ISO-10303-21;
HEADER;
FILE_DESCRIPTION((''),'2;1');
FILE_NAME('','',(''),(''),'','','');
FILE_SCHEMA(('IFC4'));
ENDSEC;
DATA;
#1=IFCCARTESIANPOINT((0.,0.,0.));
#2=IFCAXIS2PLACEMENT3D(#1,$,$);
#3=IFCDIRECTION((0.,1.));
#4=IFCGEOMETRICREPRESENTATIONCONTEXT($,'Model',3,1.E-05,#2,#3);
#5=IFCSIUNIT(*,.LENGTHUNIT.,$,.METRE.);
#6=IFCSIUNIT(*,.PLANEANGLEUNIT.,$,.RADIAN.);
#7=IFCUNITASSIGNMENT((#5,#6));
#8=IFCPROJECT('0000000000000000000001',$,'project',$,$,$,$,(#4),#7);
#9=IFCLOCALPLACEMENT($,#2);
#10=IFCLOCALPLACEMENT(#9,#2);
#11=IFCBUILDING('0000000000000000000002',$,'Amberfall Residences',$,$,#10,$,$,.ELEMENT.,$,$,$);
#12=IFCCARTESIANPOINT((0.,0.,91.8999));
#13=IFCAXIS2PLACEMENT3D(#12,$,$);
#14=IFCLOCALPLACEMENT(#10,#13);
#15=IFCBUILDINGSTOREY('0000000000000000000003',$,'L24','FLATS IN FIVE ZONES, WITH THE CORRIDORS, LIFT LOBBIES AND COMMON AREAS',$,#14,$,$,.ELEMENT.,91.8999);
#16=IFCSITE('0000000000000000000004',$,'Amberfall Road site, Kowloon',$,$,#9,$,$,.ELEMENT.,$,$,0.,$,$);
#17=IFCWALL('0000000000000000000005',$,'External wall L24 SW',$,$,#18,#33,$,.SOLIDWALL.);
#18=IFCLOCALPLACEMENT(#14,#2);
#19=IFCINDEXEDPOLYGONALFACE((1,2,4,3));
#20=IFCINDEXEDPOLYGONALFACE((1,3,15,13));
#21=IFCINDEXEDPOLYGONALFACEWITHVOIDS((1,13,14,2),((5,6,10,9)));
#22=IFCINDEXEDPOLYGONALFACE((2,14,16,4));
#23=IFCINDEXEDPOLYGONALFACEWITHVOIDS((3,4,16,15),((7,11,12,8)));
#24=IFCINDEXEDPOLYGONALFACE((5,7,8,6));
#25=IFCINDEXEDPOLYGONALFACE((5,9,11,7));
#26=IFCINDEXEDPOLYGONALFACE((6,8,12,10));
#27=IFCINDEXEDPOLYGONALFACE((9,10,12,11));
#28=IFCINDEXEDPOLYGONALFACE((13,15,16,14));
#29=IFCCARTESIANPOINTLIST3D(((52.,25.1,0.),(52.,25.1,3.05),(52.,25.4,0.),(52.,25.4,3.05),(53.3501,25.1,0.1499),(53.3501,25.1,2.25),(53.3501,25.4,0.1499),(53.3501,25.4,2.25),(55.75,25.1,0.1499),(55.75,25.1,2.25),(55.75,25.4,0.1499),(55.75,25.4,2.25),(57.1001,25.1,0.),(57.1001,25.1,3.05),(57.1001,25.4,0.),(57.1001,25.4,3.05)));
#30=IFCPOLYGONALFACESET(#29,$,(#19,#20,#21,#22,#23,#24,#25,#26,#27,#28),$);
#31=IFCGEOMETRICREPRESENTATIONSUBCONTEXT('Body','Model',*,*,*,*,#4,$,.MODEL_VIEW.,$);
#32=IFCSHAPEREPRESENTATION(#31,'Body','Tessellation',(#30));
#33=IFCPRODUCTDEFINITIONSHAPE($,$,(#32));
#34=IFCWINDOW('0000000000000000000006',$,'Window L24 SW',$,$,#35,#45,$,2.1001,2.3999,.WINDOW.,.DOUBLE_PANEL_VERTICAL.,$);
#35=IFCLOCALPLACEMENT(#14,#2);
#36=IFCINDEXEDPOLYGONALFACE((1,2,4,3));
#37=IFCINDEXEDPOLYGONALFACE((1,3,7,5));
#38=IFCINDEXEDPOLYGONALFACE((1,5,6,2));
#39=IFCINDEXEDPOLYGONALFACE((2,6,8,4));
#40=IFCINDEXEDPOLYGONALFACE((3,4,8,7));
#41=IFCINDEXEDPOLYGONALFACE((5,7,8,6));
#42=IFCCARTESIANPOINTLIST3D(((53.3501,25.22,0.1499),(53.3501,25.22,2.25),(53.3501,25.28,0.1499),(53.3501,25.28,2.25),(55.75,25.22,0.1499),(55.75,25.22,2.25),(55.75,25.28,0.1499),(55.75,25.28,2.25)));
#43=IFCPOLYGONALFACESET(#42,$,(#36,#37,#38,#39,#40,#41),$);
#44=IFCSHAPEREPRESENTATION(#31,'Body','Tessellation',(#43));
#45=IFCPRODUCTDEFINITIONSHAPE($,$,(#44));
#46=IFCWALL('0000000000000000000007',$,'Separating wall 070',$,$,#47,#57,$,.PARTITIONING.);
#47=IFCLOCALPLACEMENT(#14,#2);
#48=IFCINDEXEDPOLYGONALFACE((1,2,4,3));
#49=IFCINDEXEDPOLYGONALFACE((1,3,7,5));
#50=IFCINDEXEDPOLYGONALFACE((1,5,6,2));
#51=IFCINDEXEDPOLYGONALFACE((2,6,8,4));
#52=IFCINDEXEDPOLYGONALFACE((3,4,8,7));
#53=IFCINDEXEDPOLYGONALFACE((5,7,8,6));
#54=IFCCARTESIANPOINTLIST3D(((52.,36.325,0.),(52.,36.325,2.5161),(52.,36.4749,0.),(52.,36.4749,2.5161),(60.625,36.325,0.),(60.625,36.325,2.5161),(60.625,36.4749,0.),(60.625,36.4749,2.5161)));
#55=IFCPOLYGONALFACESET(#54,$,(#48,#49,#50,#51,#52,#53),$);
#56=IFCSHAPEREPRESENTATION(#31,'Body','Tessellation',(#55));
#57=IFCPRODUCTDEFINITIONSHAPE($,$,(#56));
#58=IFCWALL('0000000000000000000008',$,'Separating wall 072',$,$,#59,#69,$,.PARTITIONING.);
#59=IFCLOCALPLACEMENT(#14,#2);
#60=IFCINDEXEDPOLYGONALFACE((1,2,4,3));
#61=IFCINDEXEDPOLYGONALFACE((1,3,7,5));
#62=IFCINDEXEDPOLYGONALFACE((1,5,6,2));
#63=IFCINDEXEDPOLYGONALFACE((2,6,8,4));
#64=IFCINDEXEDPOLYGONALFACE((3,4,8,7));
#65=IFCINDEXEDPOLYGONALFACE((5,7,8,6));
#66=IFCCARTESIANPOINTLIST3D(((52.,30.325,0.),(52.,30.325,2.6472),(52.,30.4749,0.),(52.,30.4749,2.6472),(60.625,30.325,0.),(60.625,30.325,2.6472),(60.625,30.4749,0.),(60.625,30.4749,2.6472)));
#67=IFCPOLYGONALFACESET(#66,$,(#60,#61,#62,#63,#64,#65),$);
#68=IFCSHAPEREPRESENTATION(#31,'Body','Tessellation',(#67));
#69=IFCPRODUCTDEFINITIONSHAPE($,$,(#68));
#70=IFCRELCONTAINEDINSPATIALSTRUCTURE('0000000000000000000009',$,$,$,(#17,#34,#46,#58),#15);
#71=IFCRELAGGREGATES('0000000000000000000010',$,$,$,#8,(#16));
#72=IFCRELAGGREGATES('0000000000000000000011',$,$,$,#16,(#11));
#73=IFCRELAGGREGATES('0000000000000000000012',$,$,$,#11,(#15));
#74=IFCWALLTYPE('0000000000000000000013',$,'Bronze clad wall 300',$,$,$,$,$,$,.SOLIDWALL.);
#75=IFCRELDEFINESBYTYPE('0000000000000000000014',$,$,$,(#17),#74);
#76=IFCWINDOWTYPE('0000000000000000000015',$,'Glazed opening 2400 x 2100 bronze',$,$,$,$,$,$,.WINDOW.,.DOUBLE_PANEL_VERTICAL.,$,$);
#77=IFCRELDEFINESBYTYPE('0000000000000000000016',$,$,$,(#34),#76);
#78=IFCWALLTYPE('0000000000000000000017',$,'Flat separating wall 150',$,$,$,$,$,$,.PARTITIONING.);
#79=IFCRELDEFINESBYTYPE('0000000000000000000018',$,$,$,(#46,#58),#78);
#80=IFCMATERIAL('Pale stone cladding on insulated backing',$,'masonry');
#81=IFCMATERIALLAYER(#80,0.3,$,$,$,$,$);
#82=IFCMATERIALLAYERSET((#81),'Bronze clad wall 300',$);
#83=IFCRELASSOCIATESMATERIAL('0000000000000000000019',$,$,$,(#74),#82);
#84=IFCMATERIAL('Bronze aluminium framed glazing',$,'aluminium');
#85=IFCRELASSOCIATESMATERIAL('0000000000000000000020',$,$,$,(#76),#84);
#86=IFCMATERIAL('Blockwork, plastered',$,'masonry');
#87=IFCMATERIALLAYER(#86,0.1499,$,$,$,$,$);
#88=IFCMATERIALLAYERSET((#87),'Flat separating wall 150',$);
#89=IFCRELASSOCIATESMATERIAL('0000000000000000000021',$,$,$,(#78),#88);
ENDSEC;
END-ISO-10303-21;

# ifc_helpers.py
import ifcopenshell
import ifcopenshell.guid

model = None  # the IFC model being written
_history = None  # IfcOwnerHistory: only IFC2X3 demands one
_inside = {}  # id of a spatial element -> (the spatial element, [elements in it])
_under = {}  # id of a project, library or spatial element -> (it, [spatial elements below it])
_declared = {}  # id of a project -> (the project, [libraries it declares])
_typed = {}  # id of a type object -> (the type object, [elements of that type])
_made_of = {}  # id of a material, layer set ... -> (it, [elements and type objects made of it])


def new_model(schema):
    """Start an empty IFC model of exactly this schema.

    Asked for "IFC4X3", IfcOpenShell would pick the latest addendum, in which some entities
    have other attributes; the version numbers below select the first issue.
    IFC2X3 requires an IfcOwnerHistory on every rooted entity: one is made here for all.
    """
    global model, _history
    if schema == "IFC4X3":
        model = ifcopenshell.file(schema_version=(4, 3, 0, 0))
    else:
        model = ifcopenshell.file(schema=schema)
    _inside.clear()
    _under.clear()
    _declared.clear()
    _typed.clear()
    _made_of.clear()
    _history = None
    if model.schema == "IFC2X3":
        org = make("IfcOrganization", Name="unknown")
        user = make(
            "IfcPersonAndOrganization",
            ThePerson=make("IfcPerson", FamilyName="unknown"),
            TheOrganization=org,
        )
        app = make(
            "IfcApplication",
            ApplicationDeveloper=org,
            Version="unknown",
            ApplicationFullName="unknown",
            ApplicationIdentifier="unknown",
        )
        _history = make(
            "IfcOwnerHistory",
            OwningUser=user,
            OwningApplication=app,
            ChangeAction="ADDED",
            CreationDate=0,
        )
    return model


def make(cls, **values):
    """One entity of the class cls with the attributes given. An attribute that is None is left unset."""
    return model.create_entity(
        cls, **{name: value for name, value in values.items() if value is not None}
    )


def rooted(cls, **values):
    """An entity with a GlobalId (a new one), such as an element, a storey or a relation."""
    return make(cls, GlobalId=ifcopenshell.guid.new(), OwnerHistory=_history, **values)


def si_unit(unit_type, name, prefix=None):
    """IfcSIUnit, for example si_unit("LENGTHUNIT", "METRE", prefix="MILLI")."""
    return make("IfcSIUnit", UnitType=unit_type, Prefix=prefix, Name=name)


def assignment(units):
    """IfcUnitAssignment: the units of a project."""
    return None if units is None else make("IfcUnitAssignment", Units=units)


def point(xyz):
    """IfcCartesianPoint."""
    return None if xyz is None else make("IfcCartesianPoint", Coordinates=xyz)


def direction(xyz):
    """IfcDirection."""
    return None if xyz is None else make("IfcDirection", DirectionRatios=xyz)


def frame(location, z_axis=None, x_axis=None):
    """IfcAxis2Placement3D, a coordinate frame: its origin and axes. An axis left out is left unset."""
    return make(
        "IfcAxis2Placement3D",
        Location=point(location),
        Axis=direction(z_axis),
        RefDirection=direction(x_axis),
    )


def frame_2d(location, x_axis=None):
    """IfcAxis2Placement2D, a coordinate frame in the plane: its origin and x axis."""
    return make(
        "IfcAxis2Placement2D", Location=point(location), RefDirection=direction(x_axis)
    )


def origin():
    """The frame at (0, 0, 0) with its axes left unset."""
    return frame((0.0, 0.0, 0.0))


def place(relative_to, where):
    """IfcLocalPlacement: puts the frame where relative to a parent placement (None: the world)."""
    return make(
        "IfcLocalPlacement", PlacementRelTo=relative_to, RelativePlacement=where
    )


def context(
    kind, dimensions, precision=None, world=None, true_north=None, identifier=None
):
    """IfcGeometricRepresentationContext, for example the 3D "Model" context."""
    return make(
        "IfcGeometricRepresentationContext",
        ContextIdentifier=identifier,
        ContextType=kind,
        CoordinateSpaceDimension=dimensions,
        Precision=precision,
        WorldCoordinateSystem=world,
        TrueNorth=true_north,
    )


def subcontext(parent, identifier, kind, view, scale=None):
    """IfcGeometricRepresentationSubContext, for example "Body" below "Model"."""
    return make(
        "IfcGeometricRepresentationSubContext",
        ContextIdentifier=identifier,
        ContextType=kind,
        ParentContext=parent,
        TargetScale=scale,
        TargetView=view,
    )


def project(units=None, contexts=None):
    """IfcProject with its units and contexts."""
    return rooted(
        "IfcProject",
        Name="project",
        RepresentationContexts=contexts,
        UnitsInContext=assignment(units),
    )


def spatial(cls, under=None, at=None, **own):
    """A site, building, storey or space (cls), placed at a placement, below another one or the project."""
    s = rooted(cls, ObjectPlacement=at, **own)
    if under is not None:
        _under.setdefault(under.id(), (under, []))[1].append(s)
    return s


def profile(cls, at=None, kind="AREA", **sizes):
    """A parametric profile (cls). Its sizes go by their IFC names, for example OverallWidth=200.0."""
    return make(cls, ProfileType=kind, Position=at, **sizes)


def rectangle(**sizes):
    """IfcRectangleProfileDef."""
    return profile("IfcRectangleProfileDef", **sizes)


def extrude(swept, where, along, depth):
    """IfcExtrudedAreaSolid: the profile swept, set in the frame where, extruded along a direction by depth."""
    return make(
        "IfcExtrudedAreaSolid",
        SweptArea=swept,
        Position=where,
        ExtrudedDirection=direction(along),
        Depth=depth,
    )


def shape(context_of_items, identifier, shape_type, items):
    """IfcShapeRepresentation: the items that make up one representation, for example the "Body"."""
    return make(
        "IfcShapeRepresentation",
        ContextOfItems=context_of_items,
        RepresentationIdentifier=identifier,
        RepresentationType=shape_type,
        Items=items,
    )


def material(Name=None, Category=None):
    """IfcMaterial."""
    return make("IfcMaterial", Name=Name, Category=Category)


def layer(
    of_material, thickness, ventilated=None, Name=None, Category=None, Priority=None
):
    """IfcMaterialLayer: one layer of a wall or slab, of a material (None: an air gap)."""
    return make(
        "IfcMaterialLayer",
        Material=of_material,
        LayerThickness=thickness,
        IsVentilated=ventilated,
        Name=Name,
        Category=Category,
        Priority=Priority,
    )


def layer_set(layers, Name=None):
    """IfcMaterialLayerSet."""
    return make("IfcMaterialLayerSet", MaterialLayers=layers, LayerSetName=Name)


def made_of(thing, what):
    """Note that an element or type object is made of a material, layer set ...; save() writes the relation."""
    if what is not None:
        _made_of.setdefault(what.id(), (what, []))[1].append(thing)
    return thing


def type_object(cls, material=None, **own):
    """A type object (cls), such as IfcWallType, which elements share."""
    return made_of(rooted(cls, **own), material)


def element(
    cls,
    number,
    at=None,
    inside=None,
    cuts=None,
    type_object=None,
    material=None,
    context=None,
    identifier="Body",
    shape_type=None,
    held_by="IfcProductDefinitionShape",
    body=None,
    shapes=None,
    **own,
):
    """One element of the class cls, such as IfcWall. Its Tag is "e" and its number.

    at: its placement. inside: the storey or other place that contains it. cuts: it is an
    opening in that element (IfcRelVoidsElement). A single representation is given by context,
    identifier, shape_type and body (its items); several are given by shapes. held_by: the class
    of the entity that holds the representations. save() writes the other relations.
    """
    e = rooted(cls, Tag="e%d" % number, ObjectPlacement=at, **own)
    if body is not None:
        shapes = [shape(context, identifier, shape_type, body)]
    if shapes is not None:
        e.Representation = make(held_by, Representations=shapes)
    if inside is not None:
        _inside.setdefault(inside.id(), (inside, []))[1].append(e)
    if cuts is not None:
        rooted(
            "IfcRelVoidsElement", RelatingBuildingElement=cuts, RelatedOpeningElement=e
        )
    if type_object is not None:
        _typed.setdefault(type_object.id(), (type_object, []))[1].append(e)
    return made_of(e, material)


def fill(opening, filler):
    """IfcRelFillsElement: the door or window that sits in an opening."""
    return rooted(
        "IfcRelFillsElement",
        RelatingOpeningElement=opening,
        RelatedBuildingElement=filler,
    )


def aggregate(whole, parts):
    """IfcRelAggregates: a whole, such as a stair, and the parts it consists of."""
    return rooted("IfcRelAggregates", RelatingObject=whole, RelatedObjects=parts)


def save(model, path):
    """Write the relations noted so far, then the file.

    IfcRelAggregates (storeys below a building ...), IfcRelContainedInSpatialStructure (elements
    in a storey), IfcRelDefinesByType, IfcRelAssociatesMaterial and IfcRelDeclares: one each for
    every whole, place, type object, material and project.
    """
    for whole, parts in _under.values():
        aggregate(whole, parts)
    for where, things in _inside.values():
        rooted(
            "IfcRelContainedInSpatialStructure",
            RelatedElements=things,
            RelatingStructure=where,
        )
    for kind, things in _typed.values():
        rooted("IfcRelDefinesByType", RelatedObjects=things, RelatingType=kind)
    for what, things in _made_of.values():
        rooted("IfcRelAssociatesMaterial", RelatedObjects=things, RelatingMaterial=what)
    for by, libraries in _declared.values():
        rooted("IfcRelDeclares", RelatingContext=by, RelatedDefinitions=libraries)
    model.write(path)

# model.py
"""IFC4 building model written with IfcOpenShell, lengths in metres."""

from ifc_helpers import new_model, si_unit, direction, frame, frame_2d, origin, place, context, subcontext, project, spatial, rectangle, extrude, material, layer, layer_set, type_object, element, fill, save


model = new_model("IFC4")

# Units and contexts
model_context = context("Model", 3, precision=1e-05, world=origin(), true_north=direction((0.0, 1.0)))
body_context = subcontext(model_context, "Body", "Model", "MODEL_VIEW")
ifc_project = project(units=[si_unit("LENGTHUNIT", "METRE"), si_unit("PLANEANGLEUNIT", "RADIAN")], contexts=[model_context])

# Site, building, storey
site_placement = place(None, origin())
site = spatial("IfcSite", under=ifc_project, at=site_placement, Name="Amberfall Road site, Kowloon", CompositionType="ELEMENT", RefElevation=0.0)
building_placement = place(site_placement, origin())
building = spatial("IfcBuilding", under=site, at=building_placement, Name="Amberfall Residences", CompositionType="ELEMENT")
storey_placement = place(building_placement, frame((0.0, 0.0, 91.8999)))
storey = spatial("IfcBuildingStorey", under=building, at=storey_placement, Name="L24", Description="FLATS IN FIVE ZONES, WITH THE CORRIDORS, LIFT LOBBIES AND COMMON AREAS", CompositionType="ELEMENT", Elevation=91.8999)

# Wall, opening, window
ifc_material_1 = material(Name="Pale stone cladding on insulated backing", Category="masonry")
ifc_layer_1 = layer(ifc_material_1, 0.3)
ifc_layer_set_1 = layer_set([ifc_layer_1], Name="Bronze clad wall 300")
wall_type_1 = type_object("IfcWallType", Name="Bronze clad wall 300", PredefinedType="SOLIDWALL", material=ifc_layer_set_1)
wall_1_placement = place(storey_placement, frame((52.0, 25.25, 0.0), z_axis=(0.0, 0.0, 1.0), x_axis=(1.0, 0.0, 0.0)))
wall_1 = element("IfcWall", 1, at=wall_1_placement, inside=storey, type_object=wall_type_1, Name="External wall L24 SW", PredefinedType="SOLIDWALL", context=body_context, shape_type="SweptSolid", body=[
    extrude(rectangle(XDim=5.1001, YDim=0.3, at=frame_2d((2.55, 0.0))), origin(), (0.0, 0.0, 1.0), 3.05),
])
opening_placement = place(wall_1_placement, frame((1.3501, 0.0, 0.1499)))
opening = element("IfcOpeningElement", 2, at=opening_placement, cuts=wall_1, PredefinedType="OPENING", context=body_context, shape_type="SweptSolid", body=[
    extrude(rectangle(XDim=2.3999, YDim=2.1001, at=frame_2d((1.2, 1.05))), frame((0.0, 0.1599, 0.0), z_axis=(0.0, -1.0, 0.0), x_axis=(1.0, 0.0, 0.0)), (0.0, 0.0, 1.0), 0.3201),
])
ifc_material_2 = material(Name="Bronze aluminium framed glazing", Category="aluminium")
window_type = type_object("IfcWindowType", Name="Glazed opening 2400 x 2100 bronze", PartitioningType="DOUBLE_PANEL_VERTICAL", PredefinedType="WINDOW", material=ifc_material_2)
window_placement = place(opening_placement, origin())
window = element("IfcWindow", 3, at=window_placement, inside=storey, type_object=window_type, Name="Window L24 SW", OverallHeight=2.1001, OverallWidth=2.3999, PartitioningType="DOUBLE_PANEL_VERTICAL", PredefinedType="WINDOW", context=body_context, shape_type="SweptSolid", body=[
    extrude(rectangle(XDim=2.3999, YDim=2.1001, at=frame_2d((1.2, 1.05))), frame((0.0, 0.03, 0.0), z_axis=(0.0, -1.0, 0.0), x_axis=(1.0, 0.0, 0.0)), (0.0, 0.0, 1.0), 0.0601),
])
fill(opening, window)

# Walls
ifc_material_3 = material(Name="Blockwork, plastered", Category="masonry")
ifc_layer_2 = layer(ifc_material_3, 0.1499)
ifc_layer_set_2 = layer_set([ifc_layer_2], Name="Flat separating wall 150")
wall_type_2 = type_object("IfcWallType", Name="Flat separating wall 150", PredefinedType="PARTITIONING", material=ifc_layer_set_2)
wall_2_placement = place(storey_placement, frame((52.0, 36.3999, 0.0), z_axis=(0.0, 0.0, 1.0), x_axis=(1.0, 0.0, 0.0)))
element("IfcWall", 4, at=wall_2_placement, inside=storey, type_object=wall_type_2, Name="Separating wall 070", PredefinedType="PARTITIONING", context=body_context, shape_type="SweptSolid", body=[
    extrude(rectangle(XDim=8.625, YDim=0.1499, at=frame_2d((4.3125, 0.0))), origin(), (0.0, 0.0, 1.0), 2.5161),
])
wall_3_placement = place(storey_placement, frame((52.0, 30.3999, 0.0), z_axis=(0.0, 0.0, 1.0), x_axis=(1.0, 0.0, 0.0)))
element("IfcWall", 5, at=wall_3_placement, inside=storey, type_object=wall_type_2, Name="Separating wall 072", PredefinedType="PARTITIONING", context=body_context, shape_type="SweptSolid", body=[
    extrude(rectangle(XDim=8.625, YDim=0.1499, at=frame_2d((4.3125, 0.0))), origin(), (0.0, 0.0, 1.0), 2.6472),
])

save(model, "model.ifc")
